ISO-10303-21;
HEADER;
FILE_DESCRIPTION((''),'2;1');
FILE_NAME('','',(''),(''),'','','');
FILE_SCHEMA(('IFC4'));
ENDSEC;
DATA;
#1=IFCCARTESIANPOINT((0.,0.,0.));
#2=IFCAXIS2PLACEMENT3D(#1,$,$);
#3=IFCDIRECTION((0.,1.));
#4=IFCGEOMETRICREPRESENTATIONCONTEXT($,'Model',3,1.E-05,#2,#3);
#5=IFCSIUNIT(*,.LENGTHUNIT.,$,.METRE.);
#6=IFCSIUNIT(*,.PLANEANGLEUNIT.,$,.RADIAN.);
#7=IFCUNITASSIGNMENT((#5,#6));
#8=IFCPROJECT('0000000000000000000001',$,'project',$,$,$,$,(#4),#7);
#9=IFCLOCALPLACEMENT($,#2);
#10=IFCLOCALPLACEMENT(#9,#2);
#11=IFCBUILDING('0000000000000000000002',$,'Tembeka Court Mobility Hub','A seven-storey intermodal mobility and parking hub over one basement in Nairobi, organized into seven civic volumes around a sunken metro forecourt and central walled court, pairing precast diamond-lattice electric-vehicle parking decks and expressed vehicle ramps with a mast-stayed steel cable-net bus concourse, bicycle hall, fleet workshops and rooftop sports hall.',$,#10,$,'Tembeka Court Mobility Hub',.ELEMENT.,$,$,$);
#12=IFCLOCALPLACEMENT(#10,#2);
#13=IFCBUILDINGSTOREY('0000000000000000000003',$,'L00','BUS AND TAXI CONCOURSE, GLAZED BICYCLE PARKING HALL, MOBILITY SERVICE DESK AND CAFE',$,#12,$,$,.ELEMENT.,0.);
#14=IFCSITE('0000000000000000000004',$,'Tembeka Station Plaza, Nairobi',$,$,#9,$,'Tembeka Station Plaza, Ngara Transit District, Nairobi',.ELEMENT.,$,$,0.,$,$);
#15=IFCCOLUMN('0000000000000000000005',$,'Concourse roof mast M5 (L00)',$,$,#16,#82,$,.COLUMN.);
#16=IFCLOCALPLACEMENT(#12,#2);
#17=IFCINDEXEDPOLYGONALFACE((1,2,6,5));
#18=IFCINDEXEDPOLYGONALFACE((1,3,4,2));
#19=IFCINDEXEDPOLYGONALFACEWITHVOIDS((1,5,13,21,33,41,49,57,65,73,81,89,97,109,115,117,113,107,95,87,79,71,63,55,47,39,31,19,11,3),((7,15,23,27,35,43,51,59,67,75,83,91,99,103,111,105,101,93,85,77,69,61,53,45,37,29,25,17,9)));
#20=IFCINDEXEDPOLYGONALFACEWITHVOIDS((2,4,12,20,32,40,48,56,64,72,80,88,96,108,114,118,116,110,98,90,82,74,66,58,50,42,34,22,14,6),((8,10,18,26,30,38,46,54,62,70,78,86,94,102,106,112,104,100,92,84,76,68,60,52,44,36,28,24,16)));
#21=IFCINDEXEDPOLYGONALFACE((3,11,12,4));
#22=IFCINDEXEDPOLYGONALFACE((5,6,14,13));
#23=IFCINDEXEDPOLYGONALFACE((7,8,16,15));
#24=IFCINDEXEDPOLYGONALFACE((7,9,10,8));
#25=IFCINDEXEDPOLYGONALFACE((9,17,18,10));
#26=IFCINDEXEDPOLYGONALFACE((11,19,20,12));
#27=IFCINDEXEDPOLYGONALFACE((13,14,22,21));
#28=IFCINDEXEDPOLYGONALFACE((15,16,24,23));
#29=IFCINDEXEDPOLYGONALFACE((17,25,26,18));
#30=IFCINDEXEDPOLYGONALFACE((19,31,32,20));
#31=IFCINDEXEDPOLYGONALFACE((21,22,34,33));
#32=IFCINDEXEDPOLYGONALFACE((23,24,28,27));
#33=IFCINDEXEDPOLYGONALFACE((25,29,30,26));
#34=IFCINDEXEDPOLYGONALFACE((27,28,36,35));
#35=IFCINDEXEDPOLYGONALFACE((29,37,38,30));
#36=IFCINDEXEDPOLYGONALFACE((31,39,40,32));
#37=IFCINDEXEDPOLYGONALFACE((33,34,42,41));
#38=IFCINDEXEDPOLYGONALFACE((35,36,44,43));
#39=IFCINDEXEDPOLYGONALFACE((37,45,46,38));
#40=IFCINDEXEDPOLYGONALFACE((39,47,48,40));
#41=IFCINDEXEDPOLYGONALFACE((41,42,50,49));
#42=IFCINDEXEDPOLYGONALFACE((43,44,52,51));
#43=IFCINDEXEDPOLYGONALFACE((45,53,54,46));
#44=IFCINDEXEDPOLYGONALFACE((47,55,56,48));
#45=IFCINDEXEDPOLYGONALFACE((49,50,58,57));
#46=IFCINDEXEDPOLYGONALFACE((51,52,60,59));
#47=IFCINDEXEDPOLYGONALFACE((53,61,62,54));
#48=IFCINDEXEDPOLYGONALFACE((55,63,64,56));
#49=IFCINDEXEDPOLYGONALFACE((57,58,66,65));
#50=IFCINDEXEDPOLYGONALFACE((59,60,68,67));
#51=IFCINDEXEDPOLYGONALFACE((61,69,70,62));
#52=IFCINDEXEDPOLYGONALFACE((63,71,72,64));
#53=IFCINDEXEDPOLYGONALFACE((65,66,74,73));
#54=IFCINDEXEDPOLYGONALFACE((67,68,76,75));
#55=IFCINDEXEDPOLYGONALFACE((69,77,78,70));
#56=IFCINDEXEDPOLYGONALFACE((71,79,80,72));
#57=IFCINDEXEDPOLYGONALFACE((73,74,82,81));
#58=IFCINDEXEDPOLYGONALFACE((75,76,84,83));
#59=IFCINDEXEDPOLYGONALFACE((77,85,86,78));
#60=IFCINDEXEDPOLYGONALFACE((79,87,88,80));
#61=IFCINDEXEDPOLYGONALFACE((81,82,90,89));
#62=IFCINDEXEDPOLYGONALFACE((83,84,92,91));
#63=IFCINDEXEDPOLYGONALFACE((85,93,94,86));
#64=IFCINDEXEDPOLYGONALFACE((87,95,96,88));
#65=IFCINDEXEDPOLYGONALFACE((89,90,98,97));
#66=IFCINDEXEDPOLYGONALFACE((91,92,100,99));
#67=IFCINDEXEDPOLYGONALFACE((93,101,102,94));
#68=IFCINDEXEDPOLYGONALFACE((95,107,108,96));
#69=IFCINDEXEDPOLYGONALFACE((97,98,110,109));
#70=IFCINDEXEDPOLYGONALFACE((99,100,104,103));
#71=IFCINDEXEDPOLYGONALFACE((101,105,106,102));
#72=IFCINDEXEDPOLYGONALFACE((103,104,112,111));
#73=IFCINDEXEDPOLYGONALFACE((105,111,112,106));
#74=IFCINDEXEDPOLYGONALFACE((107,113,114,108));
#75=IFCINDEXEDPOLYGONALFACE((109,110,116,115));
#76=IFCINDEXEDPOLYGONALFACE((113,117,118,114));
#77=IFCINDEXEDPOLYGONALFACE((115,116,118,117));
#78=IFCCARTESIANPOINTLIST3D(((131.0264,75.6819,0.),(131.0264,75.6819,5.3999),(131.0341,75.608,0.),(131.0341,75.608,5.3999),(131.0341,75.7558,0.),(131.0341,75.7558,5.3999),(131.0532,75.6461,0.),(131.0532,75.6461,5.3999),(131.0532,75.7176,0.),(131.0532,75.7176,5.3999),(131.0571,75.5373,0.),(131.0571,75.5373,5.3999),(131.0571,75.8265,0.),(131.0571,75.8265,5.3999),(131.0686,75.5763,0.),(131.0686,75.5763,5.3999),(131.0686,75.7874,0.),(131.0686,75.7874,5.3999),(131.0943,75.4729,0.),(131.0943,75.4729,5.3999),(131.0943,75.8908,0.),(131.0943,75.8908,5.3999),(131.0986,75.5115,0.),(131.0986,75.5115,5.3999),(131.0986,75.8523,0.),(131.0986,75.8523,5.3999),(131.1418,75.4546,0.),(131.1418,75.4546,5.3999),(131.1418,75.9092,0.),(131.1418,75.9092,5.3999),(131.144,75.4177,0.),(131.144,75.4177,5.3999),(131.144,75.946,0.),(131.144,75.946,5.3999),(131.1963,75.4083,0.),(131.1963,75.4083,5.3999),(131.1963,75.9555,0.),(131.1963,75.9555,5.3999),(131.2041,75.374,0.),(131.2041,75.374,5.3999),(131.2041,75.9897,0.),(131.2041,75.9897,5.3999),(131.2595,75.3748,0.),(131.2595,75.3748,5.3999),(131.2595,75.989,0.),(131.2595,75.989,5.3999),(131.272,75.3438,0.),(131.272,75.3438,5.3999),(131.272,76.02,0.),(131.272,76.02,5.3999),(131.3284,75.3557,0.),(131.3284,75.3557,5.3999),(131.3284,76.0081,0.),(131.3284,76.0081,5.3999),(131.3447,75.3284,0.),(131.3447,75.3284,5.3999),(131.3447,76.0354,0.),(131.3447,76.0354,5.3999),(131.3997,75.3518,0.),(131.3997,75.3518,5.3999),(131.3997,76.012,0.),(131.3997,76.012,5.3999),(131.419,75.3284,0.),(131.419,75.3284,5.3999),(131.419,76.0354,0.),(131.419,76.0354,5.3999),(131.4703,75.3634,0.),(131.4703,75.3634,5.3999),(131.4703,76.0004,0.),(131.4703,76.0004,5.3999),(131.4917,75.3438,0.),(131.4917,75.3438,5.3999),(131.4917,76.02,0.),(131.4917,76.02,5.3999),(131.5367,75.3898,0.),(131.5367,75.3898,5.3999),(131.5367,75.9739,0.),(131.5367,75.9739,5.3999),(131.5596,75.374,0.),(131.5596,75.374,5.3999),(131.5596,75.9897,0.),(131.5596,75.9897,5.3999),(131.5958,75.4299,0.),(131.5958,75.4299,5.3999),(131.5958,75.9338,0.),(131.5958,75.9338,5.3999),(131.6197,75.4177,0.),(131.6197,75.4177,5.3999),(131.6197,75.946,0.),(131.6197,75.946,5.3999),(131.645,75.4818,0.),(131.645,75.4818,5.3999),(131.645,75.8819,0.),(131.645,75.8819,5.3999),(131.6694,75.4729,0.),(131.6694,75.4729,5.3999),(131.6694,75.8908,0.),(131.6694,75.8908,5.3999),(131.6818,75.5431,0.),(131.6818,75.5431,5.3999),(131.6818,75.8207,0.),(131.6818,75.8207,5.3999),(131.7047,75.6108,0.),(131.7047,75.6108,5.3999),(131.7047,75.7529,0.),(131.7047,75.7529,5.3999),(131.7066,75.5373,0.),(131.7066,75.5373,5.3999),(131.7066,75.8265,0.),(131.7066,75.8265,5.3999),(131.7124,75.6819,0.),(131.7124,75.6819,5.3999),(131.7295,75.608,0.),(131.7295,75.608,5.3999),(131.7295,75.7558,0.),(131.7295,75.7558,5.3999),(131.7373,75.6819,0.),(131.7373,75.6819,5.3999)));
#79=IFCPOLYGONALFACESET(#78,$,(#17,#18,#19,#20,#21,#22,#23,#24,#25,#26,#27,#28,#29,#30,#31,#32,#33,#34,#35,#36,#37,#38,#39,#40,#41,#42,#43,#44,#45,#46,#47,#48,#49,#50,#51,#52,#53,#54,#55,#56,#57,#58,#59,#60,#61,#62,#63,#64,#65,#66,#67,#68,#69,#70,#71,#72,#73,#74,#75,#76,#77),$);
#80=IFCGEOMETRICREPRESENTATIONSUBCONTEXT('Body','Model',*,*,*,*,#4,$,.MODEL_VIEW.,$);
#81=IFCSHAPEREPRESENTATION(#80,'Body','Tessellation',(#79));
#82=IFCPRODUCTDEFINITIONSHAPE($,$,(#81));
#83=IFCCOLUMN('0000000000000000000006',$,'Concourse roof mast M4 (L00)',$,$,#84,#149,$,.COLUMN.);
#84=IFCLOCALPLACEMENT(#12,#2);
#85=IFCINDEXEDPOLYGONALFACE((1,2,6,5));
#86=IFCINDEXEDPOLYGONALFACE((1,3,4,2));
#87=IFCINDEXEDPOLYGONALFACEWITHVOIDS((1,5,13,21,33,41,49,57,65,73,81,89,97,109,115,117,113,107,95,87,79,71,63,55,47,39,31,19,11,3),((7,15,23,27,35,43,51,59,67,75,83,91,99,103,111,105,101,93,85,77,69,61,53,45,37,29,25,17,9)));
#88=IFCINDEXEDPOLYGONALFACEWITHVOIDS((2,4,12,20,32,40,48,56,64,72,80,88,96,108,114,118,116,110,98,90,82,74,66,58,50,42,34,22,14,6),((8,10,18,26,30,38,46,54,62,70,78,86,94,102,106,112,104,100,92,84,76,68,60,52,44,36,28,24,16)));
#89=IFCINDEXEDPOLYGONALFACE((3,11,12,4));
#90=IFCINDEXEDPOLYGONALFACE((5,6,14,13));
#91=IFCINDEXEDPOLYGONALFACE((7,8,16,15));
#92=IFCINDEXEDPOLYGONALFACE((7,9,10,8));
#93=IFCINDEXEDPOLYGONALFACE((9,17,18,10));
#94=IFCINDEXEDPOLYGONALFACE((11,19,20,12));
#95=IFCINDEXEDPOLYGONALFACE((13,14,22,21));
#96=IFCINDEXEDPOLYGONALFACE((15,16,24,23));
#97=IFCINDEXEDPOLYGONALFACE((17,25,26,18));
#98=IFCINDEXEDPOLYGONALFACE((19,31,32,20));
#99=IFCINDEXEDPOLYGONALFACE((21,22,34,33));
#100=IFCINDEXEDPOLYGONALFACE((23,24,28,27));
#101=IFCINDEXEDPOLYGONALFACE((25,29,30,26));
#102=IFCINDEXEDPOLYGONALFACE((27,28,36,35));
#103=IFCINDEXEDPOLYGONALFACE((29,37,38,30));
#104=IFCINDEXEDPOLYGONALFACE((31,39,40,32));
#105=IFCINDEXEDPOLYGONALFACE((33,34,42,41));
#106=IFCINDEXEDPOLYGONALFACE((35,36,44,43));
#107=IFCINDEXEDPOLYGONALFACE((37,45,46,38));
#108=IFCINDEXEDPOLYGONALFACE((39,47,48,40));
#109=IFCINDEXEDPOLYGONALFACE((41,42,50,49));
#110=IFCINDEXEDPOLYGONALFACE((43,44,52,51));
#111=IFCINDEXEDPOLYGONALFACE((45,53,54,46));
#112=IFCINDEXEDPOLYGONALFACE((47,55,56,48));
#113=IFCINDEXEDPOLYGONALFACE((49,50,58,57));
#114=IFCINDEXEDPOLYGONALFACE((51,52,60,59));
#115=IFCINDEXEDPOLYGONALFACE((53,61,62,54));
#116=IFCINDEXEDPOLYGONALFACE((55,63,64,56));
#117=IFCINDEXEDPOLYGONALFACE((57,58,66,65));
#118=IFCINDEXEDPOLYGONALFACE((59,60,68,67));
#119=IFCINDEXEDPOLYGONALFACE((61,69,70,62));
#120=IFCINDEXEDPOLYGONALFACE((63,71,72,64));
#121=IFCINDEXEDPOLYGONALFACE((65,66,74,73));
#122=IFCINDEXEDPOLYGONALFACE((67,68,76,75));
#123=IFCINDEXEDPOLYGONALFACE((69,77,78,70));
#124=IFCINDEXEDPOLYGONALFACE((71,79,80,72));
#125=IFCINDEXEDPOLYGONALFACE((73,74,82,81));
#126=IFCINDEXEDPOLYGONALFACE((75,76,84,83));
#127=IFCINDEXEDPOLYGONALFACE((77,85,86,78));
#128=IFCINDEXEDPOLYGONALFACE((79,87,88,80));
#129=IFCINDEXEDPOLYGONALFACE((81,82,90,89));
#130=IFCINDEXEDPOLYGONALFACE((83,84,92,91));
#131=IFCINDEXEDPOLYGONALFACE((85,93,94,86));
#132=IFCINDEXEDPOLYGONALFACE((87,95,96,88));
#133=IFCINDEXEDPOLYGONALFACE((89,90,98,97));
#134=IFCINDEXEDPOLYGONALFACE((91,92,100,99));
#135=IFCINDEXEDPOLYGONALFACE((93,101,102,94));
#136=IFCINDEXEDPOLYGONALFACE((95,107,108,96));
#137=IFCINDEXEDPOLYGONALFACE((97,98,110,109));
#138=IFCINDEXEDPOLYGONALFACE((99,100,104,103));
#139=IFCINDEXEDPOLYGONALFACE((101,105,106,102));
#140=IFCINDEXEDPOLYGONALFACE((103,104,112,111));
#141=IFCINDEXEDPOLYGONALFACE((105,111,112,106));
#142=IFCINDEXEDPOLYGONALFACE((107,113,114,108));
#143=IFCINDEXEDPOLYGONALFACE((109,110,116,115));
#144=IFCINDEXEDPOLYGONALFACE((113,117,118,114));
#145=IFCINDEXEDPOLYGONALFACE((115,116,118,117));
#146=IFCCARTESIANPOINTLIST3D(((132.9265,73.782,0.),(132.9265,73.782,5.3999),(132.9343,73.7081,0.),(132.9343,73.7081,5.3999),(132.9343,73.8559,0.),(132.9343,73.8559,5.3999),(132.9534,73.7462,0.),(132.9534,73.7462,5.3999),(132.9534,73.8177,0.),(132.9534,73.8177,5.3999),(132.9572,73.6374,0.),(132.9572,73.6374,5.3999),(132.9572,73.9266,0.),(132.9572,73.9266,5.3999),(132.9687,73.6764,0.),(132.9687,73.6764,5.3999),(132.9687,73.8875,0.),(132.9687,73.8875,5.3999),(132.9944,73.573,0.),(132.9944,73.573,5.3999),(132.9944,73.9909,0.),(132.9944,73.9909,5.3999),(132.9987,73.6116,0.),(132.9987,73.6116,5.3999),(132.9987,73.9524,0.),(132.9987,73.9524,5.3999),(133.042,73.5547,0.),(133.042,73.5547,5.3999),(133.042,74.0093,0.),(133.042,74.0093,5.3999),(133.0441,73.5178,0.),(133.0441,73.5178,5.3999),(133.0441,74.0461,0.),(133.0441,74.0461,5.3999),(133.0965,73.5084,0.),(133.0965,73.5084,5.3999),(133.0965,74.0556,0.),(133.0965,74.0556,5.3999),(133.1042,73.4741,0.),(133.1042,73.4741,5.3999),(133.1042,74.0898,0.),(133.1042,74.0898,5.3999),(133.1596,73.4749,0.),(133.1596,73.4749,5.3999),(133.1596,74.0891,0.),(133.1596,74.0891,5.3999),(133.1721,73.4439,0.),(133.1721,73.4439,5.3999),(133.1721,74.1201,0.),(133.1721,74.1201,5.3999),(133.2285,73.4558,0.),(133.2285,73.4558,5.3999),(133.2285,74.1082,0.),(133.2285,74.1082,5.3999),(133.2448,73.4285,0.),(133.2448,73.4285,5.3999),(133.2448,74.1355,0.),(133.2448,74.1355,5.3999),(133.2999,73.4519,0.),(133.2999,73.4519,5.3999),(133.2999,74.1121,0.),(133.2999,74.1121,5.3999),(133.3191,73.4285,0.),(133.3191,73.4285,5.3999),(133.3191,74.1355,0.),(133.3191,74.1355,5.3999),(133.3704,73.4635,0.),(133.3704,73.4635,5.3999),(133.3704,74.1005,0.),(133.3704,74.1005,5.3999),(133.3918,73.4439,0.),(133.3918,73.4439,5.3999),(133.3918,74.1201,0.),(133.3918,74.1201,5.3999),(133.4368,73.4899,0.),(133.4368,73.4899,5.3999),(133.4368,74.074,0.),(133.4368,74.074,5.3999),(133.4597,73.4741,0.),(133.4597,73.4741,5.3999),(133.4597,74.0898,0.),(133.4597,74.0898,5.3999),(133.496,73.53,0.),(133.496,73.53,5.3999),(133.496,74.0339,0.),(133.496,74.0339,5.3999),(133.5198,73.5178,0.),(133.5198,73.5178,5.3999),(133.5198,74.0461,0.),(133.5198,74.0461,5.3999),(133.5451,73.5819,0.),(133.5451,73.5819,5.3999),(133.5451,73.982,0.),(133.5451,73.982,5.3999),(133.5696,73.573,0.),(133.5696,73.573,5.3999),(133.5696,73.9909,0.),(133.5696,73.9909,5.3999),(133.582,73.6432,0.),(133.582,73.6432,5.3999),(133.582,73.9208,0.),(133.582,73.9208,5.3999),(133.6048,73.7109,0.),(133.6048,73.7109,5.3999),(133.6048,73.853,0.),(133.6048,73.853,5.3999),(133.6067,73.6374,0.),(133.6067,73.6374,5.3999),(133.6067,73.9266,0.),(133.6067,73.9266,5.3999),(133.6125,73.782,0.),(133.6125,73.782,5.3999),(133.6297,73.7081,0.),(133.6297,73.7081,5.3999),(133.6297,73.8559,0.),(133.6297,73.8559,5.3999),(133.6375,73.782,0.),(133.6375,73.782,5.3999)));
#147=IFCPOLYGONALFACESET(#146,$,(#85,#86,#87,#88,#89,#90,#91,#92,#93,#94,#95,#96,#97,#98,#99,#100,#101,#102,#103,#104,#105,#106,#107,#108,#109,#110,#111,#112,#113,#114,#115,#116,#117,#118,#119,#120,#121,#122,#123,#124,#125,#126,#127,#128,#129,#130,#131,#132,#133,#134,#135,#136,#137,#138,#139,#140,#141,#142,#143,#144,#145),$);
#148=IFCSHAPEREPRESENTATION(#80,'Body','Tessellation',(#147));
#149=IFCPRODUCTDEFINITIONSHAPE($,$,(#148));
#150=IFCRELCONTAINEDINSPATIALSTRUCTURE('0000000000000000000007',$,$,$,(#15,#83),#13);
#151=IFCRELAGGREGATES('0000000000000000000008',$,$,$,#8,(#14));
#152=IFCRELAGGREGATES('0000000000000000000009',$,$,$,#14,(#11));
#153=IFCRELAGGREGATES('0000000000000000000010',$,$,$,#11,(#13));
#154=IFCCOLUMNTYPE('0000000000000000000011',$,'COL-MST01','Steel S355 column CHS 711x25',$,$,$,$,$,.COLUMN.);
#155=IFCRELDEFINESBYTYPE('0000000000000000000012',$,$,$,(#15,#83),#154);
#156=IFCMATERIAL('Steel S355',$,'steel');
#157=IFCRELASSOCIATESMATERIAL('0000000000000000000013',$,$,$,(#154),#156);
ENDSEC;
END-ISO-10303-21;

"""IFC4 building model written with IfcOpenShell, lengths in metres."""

from ifc_helpers import new_model, si_unit, direction, frame, origin, origin_2d, place, context, subcontext, project, spatial, hollow_circle, extrude, material, material_profile, profile_set, type_object, element, save


model = new_model("IFC4")

# Units and contexts
model_context = context("Model", 3, precision=1e-05, world=origin(), true_north=direction((0.0, 1.0)))
body_context = subcontext(model_context, "Body", "Model", "MODEL_VIEW")
ifc_project = project(units=[si_unit("LENGTHUNIT", "METRE"), si_unit("PLANEANGLEUNIT", "RADIAN")], contexts=[model_context])

# Site, building, storey
site_placement = place(None, origin())
site = spatial("IfcSite", under=ifc_project, at=site_placement, Name="Tembeka Station Plaza, Nairobi", LongName="Tembeka Station Plaza, Ngara Transit District, Nairobi", CompositionType="ELEMENT", RefElevation=0.0)
building_placement = place(site_placement, origin())
building = spatial("IfcBuilding", under=site, at=building_placement, Name="Tembeka Court Mobility Hub", Description="A seven-storey intermodal mobility and parking hub over one basement in Nairobi, organized into seven civic volumes around a sunken metro forecourt and central walled court, pairing precast diamond-lattice electric-vehicle parking decks and expressed vehicle ramps with a mast-stayed steel cable-net bus concourse, bicycle hall, fleet workshops and rooftop sports hall.", LongName="Tembeka Court Mobility Hub", CompositionType="ELEMENT")
storey_placement = place(building_placement, origin())
storey = spatial("IfcBuildingStorey", under=building, at=storey_placement, Name="L00", Description="BUS AND TAXI CONCOURSE, GLAZED BICYCLE PARKING HALL, MOBILITY SERVICE DESK AND CAFE", CompositionType="ELEMENT", Elevation=0.0)

# Columns
ifc_material = material(Name="Steel S355", Category="steel")
ifc_material_profile_1 = material_profile(ifc_material, hollow_circle(Radius=0.3555, WallThickness=0.0249, at=origin_2d()), Name="CHS 711x25")
ifc_profile_set_1 = profile_set([ifc_material_profile_1], Name="Steel S355")
column_type_1 = type_object("IfcColumnType", Name="COL-MST01", Description="Steel S355 column CHS 711x25", PredefinedType="COLUMN", material=ifc_profile_set_1)
for number, where, z_axis, x_axis, name in (
    (1, (131.3818, 75.6819, 0.0), (0.0, 0.0, 1.0), (1.0, 0.0, 0.0), "Concourse roof mast M5 (L00)"),
    (2, (133.282, 73.782, 0.0), (0.0, 0.0, 1.0), (1.0, 0.0, 0.0), "Concourse roof mast M4 (L00)"),
):
    element("IfcColumn", number, at=place(storey_placement, frame(where, z_axis=z_axis, x_axis=x_axis)), inside=storey, type_object=column_type_1, Name=name, PredefinedType="COLUMN", context=body_context, shape_type="SweptSolid", body=[
        extrude(hollow_circle(Radius=0.3555, WallThickness=0.0249, at=origin_2d()), origin(), (0.0, 0.0, 1.0), 5.3999),
    ])

save(model, "model.ifc")
